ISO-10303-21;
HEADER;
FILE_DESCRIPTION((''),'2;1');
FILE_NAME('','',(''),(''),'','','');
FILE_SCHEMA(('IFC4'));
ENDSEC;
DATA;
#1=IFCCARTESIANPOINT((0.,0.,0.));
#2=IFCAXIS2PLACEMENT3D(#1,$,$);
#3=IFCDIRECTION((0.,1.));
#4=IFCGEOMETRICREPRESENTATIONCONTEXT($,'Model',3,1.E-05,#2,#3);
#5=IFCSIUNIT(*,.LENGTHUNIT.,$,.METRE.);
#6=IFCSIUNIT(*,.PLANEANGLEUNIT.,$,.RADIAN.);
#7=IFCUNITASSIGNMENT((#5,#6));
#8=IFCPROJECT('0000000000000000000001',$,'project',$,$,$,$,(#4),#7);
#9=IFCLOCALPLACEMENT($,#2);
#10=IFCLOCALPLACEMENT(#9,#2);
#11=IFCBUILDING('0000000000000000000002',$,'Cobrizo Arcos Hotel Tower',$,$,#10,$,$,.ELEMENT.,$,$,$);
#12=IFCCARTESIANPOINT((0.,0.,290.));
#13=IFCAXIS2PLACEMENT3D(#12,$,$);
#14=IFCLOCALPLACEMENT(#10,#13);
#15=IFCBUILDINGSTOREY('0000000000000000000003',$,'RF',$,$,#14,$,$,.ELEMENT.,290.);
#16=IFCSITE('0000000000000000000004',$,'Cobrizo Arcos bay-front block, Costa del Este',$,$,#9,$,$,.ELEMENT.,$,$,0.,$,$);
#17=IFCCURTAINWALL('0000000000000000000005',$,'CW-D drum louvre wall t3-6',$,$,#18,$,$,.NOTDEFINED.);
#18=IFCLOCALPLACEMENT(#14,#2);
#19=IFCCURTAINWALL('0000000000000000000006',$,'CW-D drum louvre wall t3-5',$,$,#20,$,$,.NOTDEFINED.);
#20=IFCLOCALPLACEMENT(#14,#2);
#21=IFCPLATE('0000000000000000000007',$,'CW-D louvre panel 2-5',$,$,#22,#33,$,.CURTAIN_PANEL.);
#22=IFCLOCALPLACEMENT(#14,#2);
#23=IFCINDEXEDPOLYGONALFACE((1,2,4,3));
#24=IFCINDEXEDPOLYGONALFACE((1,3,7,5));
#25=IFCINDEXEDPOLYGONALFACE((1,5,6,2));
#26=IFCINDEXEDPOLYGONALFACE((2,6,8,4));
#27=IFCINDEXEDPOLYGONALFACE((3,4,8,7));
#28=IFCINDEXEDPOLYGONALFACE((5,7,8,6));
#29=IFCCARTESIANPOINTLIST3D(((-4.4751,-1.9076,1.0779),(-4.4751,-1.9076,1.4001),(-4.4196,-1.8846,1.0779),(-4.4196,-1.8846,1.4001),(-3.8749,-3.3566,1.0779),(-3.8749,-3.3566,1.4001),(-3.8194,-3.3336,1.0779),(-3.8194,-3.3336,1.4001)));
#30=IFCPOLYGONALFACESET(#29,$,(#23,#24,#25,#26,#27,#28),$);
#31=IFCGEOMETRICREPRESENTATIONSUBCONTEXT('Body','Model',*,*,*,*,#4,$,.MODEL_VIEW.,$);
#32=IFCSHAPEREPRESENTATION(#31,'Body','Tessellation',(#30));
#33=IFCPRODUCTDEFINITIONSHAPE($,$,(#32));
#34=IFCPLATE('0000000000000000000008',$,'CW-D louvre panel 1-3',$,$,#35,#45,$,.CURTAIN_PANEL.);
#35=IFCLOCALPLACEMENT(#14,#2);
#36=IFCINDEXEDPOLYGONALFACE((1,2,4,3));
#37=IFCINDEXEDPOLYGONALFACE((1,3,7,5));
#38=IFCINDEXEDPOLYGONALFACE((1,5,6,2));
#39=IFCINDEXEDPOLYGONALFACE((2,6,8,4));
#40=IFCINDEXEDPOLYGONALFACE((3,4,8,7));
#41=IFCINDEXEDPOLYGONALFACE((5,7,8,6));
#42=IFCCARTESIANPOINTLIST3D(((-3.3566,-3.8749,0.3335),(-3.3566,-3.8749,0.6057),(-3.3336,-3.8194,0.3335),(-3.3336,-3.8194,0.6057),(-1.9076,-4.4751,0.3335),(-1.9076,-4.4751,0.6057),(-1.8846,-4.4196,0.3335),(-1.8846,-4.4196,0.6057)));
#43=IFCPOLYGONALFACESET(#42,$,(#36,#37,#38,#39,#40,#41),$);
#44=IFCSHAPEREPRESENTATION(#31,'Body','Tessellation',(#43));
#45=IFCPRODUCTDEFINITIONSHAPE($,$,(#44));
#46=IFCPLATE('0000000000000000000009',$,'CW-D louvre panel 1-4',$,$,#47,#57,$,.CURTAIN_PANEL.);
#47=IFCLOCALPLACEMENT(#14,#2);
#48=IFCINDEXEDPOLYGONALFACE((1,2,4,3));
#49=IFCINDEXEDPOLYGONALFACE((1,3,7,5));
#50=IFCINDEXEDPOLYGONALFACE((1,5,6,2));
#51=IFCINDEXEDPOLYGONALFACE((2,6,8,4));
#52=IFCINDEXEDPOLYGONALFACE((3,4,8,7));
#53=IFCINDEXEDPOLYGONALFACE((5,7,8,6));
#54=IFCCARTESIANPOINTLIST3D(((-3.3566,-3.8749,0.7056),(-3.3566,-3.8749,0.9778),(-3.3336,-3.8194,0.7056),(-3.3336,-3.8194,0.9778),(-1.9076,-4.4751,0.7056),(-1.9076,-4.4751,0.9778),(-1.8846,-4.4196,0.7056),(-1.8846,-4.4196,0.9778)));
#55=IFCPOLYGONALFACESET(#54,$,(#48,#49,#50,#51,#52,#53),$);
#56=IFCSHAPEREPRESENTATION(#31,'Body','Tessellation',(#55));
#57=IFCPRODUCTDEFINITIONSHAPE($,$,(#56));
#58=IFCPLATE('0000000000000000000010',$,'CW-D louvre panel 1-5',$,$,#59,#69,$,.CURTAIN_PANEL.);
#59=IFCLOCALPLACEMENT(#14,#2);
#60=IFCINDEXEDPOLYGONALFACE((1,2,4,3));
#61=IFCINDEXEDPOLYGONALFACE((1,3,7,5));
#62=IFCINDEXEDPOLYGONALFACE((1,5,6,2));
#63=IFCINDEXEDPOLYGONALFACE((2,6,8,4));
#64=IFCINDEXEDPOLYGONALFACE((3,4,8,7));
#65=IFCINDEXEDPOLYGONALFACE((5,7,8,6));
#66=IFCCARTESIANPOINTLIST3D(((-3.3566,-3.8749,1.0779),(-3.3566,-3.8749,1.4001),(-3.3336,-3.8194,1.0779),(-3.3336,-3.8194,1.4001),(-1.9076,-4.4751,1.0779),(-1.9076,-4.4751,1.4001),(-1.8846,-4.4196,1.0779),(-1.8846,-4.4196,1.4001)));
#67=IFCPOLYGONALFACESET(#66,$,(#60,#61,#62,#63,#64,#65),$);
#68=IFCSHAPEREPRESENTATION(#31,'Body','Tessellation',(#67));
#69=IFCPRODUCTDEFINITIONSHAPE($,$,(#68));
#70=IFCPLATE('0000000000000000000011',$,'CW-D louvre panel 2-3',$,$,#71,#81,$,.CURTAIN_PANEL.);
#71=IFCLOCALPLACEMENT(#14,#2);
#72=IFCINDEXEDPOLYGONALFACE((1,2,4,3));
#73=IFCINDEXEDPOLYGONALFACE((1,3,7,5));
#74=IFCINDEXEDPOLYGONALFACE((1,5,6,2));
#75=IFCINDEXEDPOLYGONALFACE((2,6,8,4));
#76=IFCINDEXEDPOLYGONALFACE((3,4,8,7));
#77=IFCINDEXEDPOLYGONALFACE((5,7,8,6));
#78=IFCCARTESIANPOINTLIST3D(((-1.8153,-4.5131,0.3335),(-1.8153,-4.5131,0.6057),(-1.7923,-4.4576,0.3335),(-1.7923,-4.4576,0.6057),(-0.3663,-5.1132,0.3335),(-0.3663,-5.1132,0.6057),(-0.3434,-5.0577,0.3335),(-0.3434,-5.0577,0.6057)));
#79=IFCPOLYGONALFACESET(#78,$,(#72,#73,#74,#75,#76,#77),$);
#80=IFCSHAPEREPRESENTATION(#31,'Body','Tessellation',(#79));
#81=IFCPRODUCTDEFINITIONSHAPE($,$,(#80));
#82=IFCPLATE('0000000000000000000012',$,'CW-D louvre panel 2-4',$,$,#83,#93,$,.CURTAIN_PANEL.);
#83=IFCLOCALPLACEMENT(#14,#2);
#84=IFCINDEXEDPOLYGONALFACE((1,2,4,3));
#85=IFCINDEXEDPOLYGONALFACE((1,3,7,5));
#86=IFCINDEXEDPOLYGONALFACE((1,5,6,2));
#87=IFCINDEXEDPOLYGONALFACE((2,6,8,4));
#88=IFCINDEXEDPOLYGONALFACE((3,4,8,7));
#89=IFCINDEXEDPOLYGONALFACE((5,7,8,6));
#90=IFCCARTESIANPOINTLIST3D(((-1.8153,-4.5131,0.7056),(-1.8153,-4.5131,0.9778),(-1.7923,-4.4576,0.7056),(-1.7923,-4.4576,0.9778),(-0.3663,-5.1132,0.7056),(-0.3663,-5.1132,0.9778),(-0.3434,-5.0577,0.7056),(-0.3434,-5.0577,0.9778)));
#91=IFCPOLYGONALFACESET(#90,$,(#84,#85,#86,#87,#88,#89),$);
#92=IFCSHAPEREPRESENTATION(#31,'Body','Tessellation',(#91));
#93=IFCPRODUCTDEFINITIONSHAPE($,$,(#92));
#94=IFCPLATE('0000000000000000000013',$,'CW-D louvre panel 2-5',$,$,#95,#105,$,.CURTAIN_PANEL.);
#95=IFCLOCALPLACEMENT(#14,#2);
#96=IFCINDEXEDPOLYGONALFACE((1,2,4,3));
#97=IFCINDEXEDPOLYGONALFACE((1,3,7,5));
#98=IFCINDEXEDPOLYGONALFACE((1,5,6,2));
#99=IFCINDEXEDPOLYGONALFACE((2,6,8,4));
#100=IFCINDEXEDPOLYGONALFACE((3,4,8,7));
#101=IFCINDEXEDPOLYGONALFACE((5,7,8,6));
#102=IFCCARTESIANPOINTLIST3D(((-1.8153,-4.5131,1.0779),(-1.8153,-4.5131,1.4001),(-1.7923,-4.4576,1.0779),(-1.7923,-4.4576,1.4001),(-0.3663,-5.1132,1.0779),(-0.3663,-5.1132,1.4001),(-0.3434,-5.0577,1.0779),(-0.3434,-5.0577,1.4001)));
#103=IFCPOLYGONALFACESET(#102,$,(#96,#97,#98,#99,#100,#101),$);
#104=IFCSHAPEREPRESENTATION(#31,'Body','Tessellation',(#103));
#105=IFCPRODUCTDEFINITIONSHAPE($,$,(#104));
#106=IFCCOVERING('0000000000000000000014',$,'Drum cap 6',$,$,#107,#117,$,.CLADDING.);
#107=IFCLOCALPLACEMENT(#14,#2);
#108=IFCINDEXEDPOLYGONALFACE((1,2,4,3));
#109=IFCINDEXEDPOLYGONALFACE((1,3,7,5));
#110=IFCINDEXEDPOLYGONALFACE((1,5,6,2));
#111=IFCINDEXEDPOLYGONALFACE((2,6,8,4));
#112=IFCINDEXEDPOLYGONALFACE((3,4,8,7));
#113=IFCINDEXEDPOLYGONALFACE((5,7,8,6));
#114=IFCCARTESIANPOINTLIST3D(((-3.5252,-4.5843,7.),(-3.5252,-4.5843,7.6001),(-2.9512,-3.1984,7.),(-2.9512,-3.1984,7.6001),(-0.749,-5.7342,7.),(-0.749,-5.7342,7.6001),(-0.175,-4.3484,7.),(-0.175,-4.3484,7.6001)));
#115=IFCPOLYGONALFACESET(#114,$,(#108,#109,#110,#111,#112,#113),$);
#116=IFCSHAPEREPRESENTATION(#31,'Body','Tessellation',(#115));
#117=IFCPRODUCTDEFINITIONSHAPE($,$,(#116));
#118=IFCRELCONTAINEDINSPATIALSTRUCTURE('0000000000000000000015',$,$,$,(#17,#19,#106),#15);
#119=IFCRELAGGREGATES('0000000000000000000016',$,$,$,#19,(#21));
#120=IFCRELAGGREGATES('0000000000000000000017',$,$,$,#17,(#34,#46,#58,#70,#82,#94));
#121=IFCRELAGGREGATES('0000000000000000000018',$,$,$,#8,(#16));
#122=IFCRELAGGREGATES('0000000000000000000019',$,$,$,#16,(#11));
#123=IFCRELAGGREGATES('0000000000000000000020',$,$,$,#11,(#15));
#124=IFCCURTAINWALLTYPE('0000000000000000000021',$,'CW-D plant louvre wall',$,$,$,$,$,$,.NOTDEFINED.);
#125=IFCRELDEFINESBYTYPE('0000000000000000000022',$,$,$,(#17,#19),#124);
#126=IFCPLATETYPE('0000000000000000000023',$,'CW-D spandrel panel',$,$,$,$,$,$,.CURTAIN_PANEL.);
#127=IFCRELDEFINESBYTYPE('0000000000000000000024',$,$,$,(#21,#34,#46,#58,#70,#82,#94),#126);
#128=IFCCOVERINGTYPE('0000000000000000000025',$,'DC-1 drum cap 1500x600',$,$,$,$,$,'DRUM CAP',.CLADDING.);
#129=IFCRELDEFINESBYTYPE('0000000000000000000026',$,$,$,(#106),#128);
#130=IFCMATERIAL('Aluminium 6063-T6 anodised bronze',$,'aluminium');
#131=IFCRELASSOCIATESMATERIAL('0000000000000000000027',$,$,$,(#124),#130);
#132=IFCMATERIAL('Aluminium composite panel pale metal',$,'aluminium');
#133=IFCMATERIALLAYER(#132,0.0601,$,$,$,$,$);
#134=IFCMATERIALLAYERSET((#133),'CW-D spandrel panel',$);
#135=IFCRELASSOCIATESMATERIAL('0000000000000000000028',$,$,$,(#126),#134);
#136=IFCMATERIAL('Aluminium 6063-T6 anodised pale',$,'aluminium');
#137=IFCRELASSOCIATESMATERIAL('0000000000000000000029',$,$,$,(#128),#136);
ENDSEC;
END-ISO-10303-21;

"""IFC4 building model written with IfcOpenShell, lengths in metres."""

from ifc_helpers import new_model, si_unit, direction, frame, origin, origin_2d, place, context, subcontext, project, spatial, rectangle, extrude, material, layer, layer_set, type_object, element, aggregate, save


model = new_model("IFC4")

# Units and contexts
model_context = context("Model", 3, precision=1e-05, world=origin(), true_north=direction((0.0, 1.0)))
body_context = subcontext(model_context, "Body", "Model", "MODEL_VIEW")
ifc_project = project(units=[si_unit("LENGTHUNIT", "METRE"), si_unit("PLANEANGLEUNIT", "RADIAN")], contexts=[model_context])

# Site, building, storey
site_placement = place(None, origin())
site = spatial("IfcSite", under=ifc_project, at=site_placement, Name="Cobrizo Arcos bay-front block, Costa del Este", CompositionType="ELEMENT", RefElevation=0.0)
building_placement = place(site_placement, origin())
building = spatial("IfcBuilding", under=site, at=building_placement, Name="Cobrizo Arcos Hotel Tower", CompositionType="ELEMENT")
storey_placement = place(building_placement, frame((0.0, 0.0, 290.0)))
storey = spatial("IfcBuildingStorey", under=building, at=storey_placement, Name="RF", CompositionType="ELEMENT", Elevation=290.0)

# Shared definitions
ifc_material_1 = material(Name="Aluminium 6063-T6 anodised bronze", Category="aluminium")
curtain_wall_type = type_object("IfcCurtainWallType", Name="CW-D plant louvre wall", PredefinedType="NOTDEFINED", material=ifc_material_1)

# Curtain wall
curtain_wall_1_placement = place(storey_placement, origin())
curtain_wall_1 = element("IfcCurtainWall", 1, at=curtain_wall_1_placement, inside=storey, type_object=curtain_wall_type, Name="CW-D drum louvre wall t3-6", PredefinedType="NOTDEFINED")

# Curtain wall, plate
curtain_wall_2_placement = place(storey_placement, origin())
curtain_wall_2 = element("IfcCurtainWall", 2, at=curtain_wall_2_placement, inside=storey, type_object=curtain_wall_type, Name="CW-D drum louvre wall t3-5", PredefinedType="NOTDEFINED")
ifc_material_2 = material(Name="Aluminium composite panel pale metal", Category="aluminium")
ifc_layer_1 = layer(ifc_material_2, 0.0601)
ifc_layer_set_1 = layer_set([ifc_layer_1], Name="CW-D spandrel panel")
plate_type_1 = type_object("IfcPlateType", Name="CW-D spandrel panel", PredefinedType="CURTAIN_PANEL", material=ifc_layer_set_1)
plate_1_placement = place(storey_placement, frame((-4.1472, -2.6206, 1.0779), z_axis=(0.0, 0.0, 1.0), x_axis=(0.382683, -0.92388, 0.0)))
plate_1 = element("IfcPlate", 3, at=plate_1_placement, type_object=plate_type_1, Name="CW-D louvre panel 2-5", PredefinedType="CURTAIN_PANEL", context=body_context, shape_type="SweptSolid", body=[
    extrude(rectangle(XDim=1.5684, YDim=0.0601, at=origin_2d()), origin(), (0.0, 0.0, 1.0), 0.3223),
])
aggregate(curtain_wall_2, [plate_1])

# Plates
plate_2_placement = place(storey_placement, frame((-2.6206, -4.1472, 0.3335), z_axis=(0.0, 0.0, 1.0), x_axis=(0.92388, -0.382683, 0.0)))
plate_2 = element("IfcPlate", 4, at=plate_2_placement, type_object=plate_type_1, Name="CW-D louvre panel 1-3", PredefinedType="CURTAIN_PANEL", context=body_context, shape_type="SweptSolid", body=[
    extrude(rectangle(XDim=1.5684, YDim=0.0601, at=origin_2d()), origin(), (0.0, 0.0, 1.0), 0.2722),
])
plate_3_placement = place(storey_placement, frame((-2.6206, -4.1472, 0.7056), z_axis=(0.0, 0.0, 1.0), x_axis=(0.92388, -0.382683, 0.0)))
plate_3 = element("IfcPlate", 5, at=plate_3_placement, type_object=plate_type_1, Name="CW-D louvre panel 1-4", PredefinedType="CURTAIN_PANEL", context=body_context, shape_type="SweptSolid", body=[
    extrude(rectangle(XDim=1.5684, YDim=0.0601, at=origin_2d()), origin(), (0.0, 0.0, 1.0), 0.2722),
])
plate_4_placement = place(storey_placement, frame((-2.6206, -4.1472, 1.0779), z_axis=(0.0, 0.0, 1.0), x_axis=(0.92388, -0.382683, 0.0)))
plate_4 = element("IfcPlate", 6, at=plate_4_placement, type_object=plate_type_1, Name="CW-D louvre panel 1-5", PredefinedType="CURTAIN_PANEL", context=body_context, shape_type="SweptSolid", body=[
    extrude(rectangle(XDim=1.5684, YDim=0.0601, at=origin_2d()), origin(), (0.0, 0.0, 1.0), 0.3223),
])
plate_5_placement = place(storey_placement, frame((-1.0793, -4.7854, 0.3335), z_axis=(0.0, 0.0, 1.0), x_axis=(0.92388, -0.382683, 0.0)))
plate_5 = element("IfcPlate", 7, at=plate_5_placement, type_object=plate_type_1, Name="CW-D louvre panel 2-3", PredefinedType="CURTAIN_PANEL", context=body_context, shape_type="SweptSolid", body=[
    extrude(rectangle(XDim=1.5684, YDim=0.0601, at=origin_2d()), origin(), (0.0, 0.0, 1.0), 0.2722),
])
plate_6_placement = place(storey_placement, frame((-1.0793, -4.7854, 0.7056), z_axis=(0.0, 0.0, 1.0), x_axis=(0.92388, -0.382683, 0.0)))
plate_6 = element("IfcPlate", 8, at=plate_6_placement, type_object=plate_type_1, Name="CW-D louvre panel 2-4", PredefinedType="CURTAIN_PANEL", context=body_context, shape_type="SweptSolid", body=[
    extrude(rectangle(XDim=1.5684, YDim=0.0601, at=origin_2d()), origin(), (0.0, 0.0, 1.0), 0.2722),
])
plate_7_placement = place(storey_placement, frame((-1.0793, -4.7854, 1.0779), z_axis=(0.0, 0.0, 1.0), x_axis=(0.92388, -0.382683, 0.0)))
plate_7 = element("IfcPlate", 9, at=plate_7_placement, type_object=plate_type_1, Name="CW-D louvre panel 2-5", PredefinedType="CURTAIN_PANEL", context=body_context, shape_type="SweptSolid", body=[
    extrude(rectangle(XDim=1.5684, YDim=0.0601, at=origin_2d()), origin(), (0.0, 0.0, 1.0), 0.3223),
])
aggregate(curtain_wall_1, [plate_2, plate_3, plate_4, plate_5, plate_6, plate_7])

# Covering
ifc_material_3 = material(Name="Aluminium 6063-T6 anodised pale", Category="aluminium")
covering_type = type_object("IfcCoveringType", Name="DC-1 drum cap 1500x600", ElementType="DRUM CAP", PredefinedType="CLADDING", material=ifc_material_3)
covering_placement = place(storey_placement, frame((-1.8501, -4.4663, 7.0), z_axis=(0.0, 0.0, 1.0), x_axis=(0.92388, -0.382683, 0.0)))
element("IfcCovering", 10, at=covering_placement, inside=storey, type_object=covering_type, Name="Drum cap 6", PredefinedType="CLADDING", context=body_context, shape_type="SweptSolid", body=[
    extrude(rectangle(XDim=3.0049, YDim=1.5, at=origin_2d()), origin(), (0.0, 0.0, 1.0), 0.6001),
])

save(model, "model.ifc")
